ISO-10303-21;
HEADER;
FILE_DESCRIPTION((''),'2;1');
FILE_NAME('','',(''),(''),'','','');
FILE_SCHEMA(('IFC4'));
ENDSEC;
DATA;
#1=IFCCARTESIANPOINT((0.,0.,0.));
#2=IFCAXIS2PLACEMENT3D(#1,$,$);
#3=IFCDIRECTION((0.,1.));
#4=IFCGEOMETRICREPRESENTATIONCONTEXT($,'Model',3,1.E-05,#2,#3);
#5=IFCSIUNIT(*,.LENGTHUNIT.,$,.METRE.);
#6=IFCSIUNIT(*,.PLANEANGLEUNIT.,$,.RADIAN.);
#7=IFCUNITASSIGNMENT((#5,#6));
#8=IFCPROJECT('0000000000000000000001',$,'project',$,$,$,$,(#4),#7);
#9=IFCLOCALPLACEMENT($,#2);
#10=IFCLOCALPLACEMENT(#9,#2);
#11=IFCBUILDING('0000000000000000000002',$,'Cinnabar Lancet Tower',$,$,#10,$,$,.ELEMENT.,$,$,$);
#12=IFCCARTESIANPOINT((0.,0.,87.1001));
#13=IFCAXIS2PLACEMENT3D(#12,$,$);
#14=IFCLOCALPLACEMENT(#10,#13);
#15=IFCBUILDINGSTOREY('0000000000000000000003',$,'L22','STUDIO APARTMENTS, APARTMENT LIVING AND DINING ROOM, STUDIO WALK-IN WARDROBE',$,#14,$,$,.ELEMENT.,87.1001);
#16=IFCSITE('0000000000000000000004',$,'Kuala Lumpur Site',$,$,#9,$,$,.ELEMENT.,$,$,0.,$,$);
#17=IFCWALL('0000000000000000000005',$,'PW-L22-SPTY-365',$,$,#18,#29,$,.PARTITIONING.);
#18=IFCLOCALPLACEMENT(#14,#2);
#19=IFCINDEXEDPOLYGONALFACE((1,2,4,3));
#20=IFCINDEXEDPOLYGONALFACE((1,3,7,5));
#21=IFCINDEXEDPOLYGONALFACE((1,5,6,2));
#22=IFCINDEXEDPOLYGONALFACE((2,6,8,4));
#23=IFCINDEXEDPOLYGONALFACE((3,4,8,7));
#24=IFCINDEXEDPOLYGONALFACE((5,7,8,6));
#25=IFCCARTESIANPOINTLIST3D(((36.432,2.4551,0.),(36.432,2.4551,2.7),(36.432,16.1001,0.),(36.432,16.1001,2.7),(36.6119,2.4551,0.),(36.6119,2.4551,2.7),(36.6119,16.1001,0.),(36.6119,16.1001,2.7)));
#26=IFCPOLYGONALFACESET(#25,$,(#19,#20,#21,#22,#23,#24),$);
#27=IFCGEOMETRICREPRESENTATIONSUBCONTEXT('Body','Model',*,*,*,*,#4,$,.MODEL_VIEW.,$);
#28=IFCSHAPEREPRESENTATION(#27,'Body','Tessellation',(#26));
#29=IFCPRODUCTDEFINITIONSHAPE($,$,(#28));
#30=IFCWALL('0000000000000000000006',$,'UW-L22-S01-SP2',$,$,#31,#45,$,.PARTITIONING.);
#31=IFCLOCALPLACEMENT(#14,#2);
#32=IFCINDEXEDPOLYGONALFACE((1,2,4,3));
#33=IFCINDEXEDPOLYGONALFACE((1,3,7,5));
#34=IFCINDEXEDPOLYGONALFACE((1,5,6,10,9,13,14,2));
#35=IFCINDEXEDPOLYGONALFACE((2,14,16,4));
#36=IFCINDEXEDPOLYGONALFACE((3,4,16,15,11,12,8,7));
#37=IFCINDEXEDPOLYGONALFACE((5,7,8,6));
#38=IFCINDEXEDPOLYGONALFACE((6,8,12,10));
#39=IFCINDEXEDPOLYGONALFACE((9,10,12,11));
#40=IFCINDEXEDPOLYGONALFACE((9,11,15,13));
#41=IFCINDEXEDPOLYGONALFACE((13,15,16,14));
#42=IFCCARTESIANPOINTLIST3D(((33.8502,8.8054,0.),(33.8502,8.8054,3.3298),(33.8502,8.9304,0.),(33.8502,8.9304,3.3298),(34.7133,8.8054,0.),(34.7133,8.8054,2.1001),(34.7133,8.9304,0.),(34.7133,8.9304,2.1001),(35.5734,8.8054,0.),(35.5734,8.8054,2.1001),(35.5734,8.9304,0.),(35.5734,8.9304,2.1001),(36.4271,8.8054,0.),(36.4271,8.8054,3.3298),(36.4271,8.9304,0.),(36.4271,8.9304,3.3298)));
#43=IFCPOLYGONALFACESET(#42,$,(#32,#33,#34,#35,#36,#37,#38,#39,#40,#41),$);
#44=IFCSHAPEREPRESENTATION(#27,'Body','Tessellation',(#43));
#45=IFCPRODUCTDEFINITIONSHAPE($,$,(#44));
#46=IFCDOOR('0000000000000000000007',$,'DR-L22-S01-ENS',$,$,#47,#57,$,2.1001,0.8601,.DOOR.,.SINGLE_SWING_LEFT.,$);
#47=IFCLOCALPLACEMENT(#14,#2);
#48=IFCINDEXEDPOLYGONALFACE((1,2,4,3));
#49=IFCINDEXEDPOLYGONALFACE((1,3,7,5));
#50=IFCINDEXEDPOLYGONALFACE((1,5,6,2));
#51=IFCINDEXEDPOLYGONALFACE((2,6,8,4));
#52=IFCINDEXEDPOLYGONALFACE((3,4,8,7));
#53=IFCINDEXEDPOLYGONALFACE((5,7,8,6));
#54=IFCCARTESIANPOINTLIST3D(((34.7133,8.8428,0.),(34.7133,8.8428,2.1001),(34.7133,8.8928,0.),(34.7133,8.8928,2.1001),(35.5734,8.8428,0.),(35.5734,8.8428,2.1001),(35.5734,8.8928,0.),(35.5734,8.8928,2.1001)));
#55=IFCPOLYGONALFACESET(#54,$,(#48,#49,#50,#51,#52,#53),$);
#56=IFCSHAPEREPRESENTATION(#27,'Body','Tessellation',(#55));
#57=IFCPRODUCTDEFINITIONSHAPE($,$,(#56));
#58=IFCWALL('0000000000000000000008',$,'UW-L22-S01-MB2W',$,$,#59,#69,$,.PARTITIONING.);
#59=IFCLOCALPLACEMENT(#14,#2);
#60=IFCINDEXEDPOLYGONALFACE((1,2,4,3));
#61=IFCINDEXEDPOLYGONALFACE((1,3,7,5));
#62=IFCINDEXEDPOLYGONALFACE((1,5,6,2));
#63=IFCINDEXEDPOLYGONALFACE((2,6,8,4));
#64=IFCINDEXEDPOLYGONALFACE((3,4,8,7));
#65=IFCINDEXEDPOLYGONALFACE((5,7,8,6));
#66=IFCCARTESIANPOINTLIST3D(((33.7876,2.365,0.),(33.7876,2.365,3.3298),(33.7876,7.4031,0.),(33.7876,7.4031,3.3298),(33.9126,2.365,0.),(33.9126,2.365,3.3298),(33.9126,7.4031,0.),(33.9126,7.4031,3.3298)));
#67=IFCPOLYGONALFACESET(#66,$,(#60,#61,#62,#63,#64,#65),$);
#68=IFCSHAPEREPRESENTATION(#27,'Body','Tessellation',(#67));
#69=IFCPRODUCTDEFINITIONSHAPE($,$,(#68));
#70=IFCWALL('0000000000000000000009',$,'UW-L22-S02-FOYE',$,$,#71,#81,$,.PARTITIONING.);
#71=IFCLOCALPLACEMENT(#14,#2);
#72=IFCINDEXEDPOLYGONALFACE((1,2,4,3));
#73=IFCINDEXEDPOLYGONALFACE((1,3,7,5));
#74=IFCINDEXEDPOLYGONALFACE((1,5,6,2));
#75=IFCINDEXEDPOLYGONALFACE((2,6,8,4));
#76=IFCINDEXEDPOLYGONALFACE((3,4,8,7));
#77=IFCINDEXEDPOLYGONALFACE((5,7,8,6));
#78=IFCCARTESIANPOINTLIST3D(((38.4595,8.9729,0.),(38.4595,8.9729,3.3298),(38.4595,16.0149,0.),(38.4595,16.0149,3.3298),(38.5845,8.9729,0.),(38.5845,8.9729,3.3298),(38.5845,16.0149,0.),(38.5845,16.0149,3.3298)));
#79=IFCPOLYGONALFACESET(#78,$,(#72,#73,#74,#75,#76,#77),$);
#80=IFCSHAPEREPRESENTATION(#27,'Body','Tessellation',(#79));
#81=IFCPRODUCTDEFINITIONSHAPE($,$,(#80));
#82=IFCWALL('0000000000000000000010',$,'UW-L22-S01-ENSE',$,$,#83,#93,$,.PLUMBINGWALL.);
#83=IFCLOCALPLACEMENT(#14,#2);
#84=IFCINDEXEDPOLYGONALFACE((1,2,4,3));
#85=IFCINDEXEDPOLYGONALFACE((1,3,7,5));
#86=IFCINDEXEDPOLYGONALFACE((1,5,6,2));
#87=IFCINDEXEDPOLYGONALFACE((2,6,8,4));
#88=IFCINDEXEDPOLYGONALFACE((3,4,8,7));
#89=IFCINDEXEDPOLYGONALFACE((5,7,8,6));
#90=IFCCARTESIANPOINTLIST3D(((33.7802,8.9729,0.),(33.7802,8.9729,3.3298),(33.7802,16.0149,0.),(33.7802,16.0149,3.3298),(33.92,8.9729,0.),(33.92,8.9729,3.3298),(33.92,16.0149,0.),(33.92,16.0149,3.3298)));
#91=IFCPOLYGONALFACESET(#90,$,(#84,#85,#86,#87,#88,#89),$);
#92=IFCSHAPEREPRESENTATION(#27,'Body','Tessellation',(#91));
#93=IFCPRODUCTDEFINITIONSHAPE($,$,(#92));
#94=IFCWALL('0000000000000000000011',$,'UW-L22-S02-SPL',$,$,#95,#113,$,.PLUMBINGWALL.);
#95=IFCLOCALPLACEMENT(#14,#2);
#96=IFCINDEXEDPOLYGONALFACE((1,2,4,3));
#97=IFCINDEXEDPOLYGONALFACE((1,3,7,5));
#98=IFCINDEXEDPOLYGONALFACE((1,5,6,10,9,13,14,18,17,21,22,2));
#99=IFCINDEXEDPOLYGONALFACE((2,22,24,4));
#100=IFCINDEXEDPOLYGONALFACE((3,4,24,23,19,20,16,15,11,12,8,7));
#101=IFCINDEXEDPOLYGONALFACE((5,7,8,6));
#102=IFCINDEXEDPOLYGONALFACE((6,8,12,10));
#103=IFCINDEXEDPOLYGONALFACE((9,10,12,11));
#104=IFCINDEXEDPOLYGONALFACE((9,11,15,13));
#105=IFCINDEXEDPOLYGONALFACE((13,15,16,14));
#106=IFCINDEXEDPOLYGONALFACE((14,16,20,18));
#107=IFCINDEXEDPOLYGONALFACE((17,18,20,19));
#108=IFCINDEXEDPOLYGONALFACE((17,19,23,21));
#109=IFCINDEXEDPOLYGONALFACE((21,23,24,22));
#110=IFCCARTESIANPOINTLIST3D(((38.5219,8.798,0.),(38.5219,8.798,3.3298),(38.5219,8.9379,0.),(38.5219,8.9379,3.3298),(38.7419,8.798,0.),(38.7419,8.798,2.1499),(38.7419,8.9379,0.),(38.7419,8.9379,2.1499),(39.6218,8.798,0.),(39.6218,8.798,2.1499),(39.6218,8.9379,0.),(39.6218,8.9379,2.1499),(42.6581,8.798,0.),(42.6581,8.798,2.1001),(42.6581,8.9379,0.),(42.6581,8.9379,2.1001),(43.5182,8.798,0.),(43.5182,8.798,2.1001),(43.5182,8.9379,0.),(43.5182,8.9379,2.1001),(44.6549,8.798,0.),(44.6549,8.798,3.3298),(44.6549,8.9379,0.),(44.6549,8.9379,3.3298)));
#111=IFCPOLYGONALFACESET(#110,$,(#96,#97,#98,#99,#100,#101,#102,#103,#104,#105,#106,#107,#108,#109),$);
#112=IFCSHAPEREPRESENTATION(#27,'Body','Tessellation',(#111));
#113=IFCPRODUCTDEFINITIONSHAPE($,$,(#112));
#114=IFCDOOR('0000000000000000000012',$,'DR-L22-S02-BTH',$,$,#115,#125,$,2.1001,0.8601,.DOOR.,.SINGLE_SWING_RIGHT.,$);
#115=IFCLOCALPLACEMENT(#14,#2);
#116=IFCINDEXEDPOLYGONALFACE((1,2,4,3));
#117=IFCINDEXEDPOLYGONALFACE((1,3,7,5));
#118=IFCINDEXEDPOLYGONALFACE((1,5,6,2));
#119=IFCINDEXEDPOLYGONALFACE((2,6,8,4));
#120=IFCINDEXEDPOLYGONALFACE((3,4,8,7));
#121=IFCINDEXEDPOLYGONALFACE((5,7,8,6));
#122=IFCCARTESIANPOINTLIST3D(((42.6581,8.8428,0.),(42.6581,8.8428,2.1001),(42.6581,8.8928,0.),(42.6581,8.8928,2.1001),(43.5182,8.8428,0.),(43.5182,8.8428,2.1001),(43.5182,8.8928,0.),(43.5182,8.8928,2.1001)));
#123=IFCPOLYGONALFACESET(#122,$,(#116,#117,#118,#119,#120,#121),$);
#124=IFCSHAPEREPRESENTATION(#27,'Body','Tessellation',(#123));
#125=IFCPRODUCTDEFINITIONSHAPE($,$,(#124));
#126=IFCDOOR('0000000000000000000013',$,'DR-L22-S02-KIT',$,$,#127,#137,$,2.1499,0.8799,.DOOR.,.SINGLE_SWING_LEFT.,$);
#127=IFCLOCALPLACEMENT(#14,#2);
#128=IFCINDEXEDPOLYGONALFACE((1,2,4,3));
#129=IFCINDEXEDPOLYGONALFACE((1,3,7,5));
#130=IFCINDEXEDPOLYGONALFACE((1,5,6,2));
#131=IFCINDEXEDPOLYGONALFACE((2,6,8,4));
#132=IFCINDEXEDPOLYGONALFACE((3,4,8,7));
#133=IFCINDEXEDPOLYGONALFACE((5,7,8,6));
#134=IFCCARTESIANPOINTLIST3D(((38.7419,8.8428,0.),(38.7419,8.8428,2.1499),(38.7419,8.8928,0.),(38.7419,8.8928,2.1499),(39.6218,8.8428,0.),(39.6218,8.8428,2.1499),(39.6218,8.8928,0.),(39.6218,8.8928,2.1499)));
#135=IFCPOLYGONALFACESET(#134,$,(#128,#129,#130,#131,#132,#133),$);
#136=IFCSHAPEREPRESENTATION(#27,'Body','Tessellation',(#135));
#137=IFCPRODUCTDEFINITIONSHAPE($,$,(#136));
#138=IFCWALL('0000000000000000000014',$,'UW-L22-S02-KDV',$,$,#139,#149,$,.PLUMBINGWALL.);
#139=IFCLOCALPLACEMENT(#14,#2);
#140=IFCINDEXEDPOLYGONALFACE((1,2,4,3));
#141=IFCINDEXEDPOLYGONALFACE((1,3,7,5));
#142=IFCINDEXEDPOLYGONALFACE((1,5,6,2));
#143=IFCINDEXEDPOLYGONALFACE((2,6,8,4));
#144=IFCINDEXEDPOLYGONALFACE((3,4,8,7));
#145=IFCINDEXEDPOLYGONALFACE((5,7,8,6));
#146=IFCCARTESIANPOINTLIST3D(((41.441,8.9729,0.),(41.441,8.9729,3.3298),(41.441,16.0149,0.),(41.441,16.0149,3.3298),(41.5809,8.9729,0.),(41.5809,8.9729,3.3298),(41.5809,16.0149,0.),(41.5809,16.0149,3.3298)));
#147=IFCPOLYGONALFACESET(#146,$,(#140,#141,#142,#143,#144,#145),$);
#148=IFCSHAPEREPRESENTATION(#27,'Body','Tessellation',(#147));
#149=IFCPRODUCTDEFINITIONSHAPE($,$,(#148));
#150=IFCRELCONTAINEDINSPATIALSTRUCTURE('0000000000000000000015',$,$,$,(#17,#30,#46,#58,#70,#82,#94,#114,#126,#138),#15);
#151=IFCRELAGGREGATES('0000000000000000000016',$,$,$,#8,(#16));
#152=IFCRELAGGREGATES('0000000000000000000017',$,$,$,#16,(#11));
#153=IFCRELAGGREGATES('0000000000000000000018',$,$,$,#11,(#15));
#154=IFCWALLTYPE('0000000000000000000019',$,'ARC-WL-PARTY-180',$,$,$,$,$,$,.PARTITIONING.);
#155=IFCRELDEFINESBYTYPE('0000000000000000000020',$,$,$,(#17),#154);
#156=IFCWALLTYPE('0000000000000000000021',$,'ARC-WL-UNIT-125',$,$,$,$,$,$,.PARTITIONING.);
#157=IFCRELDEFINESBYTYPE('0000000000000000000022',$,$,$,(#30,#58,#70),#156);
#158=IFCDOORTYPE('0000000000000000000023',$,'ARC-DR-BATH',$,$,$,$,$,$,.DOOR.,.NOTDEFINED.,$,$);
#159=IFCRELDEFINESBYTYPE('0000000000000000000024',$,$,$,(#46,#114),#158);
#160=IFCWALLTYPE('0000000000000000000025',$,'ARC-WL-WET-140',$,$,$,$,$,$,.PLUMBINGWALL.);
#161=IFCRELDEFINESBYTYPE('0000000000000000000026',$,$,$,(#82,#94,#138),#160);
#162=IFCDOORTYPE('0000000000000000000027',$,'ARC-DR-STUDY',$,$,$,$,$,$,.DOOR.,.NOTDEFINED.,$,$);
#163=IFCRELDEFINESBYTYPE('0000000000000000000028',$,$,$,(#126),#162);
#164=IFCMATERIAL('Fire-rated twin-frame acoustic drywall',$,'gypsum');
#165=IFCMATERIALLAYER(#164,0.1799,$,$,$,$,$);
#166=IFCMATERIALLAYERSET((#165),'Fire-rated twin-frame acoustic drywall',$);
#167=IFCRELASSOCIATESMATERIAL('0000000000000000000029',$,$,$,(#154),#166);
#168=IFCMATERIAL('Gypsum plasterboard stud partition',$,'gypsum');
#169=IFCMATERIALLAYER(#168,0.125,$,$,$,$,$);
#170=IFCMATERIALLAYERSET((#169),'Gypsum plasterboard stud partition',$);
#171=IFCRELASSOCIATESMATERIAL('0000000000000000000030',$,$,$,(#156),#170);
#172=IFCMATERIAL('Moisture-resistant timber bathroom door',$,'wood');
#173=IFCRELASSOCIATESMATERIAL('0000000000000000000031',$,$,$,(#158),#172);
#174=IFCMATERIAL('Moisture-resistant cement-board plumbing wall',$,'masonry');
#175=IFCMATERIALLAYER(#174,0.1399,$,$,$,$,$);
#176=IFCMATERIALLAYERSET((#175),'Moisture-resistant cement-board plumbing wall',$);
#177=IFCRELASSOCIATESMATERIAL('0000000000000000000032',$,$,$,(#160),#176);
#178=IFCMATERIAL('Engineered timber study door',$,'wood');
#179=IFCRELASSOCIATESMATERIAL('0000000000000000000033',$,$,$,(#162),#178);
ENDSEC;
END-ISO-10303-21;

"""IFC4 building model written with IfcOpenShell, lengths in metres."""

from ifc_helpers import new_model, si_unit, direction, frame, frame_2d, origin, place, context, subcontext, project, spatial, rectangle, extrude, material, layer, layer_set, type_object, element, fill, save


model = new_model("IFC4")

# Units and contexts
model_context = context("Model", 3, precision=1e-05, world=origin(), true_north=direction((0.0, 1.0)))
body_context = subcontext(model_context, "Body", "Model", "MODEL_VIEW")
ifc_project = project(units=[si_unit("LENGTHUNIT", "METRE"), si_unit("PLANEANGLEUNIT", "RADIAN")], contexts=[model_context])

# Site, building, storey
site_placement = place(None, origin())
site = spatial("IfcSite", under=ifc_project, at=site_placement, Name="Kuala Lumpur Site", CompositionType="ELEMENT", RefElevation=0.0)
building_placement = place(site_placement, origin())
building = spatial("IfcBuilding", under=site, at=building_placement, Name="Cinnabar Lancet Tower", CompositionType="ELEMENT")
storey_placement = place(building_placement, frame((0.0, 0.0, 87.1001)))
storey = spatial("IfcBuildingStorey", under=building, at=storey_placement, Name="L22", Description="STUDIO APARTMENTS, APARTMENT LIVING AND DINING ROOM, STUDIO WALK-IN WARDROBE", CompositionType="ELEMENT", Elevation=87.1001)

# Wall
ifc_material_1 = material(Name="Fire-rated twin-frame acoustic drywall", Category="gypsum")
ifc_layer_1 = layer(ifc_material_1, 0.1799)
ifc_layer_set_1 = layer_set([ifc_layer_1], Name="Fire-rated twin-frame acoustic drywall")
wall_type_1 = type_object("IfcWallType", Name="ARC-WL-PARTY-180", PredefinedType="PARTITIONING", material=ifc_layer_set_1)
wall_1_placement = place(storey_placement, frame((36.522, 2.4551, 0.0), z_axis=(0.0, 0.0, 1.0), x_axis=(0.0, 1.0, 0.0)))
element("IfcWall", 1, at=wall_1_placement, inside=storey, type_object=wall_type_1, Name="PW-L22-SPTY-365", PredefinedType="PARTITIONING", context=body_context, shape_type="SweptSolid", body=[
    extrude(rectangle(XDim=13.645, YDim=0.1799, at=frame_2d((6.8225, 0.0))), origin(), (0.0, 0.0, 1.0), 2.7),
])

# Wall, opening, door
ifc_material_2 = material(Name="Gypsum plasterboard stud partition", Category="gypsum")
ifc_layer_2 = layer(ifc_material_2, 0.125)
ifc_layer_set_2 = layer_set([ifc_layer_2], Name="Gypsum plasterboard stud partition")
wall_type_2 = type_object("IfcWallType", Name="ARC-WL-UNIT-125", PredefinedType="PARTITIONING", material=ifc_layer_set_2)
wall_2_placement = place(storey_placement, frame((33.8501, 8.8679, 0.0), z_axis=(0.0, 0.0, 1.0), x_axis=(1.0, 0.0, 0.0)))
wall_2 = element("IfcWall", 2, at=wall_2_placement, inside=storey, type_object=wall_type_2, Name="UW-L22-S01-SP2", PredefinedType="PARTITIONING", context=body_context, shape_type="SweptSolid", body=[
    extrude(rectangle(XDim=2.5769, YDim=0.125, at=frame_2d((1.2886, 0.0))), origin(), (0.0, 0.0, 1.0), 3.3298),
])
opening_1_placement = place(wall_2_placement, frame((0.863, 0.0, 0.0)))
opening_1 = element("IfcOpeningElement", 3, at=opening_1_placement, cuts=wall_2, PredefinedType="OPENING", context=body_context, shape_type="SweptSolid", body=[
    extrude(rectangle(XDim=0.8601, YDim=2.1001, at=frame_2d((0.4302, 1.05))), frame((0.0, 0.0725, 0.0), z_axis=(0.0, -1.0, 0.0), x_axis=(1.0, 0.0, 0.0)), (0.0, 0.0, 1.0), 0.145),
])
ifc_material_3 = material(Name="Moisture-resistant timber bathroom door", Category="wood")
door_type_1 = type_object("IfcDoorType", Name="ARC-DR-BATH", OperationType="NOTDEFINED", PredefinedType="DOOR", material=ifc_material_3)
door_1_placement = place(opening_1_placement, origin())
door_1 = element("IfcDoor", 4, at=door_1_placement, inside=storey, type_object=door_type_1, Name="DR-L22-S01-ENS", OperationType="SINGLE_SWING_LEFT", OverallHeight=2.1001, OverallWidth=0.8601, PredefinedType="DOOR", context=body_context, shape_type="SweptSolid", body=[
    extrude(rectangle(XDim=0.8601, YDim=2.1001, at=frame_2d((0.4302, 1.05))), frame((0.0, 0.0249, 0.0), z_axis=(0.0, -1.0, 0.0), x_axis=(1.0, 0.0, 0.0)), (0.0, 0.0, 1.0), 0.05),
])
fill(opening_1, door_1)

# Walls
wall_3_placement = place(storey_placement, frame((33.8501, 2.365, 0.0), z_axis=(0.0, 0.0, 1.0), x_axis=(0.0, 1.0, 0.0)))
element("IfcWall", 5, at=wall_3_placement, inside=storey, type_object=wall_type_2, Name="UW-L22-S01-MB2W", PredefinedType="PARTITIONING", context=body_context, shape_type="SweptSolid", body=[
    extrude(rectangle(XDim=5.0381, YDim=0.125, at=frame_2d((2.519, 0.0))), origin(), (0.0, 0.0, 1.0), 3.3298),
])
wall_4_placement = place(storey_placement, frame((38.522, 8.9729, 0.0), z_axis=(0.0, 0.0, 1.0), x_axis=(0.0, 1.0, 0.0)))
element("IfcWall", 6, at=wall_4_placement, inside=storey, type_object=wall_type_2, Name="UW-L22-S02-FOYE", PredefinedType="PARTITIONING", context=body_context, shape_type="SweptSolid", body=[
    extrude(rectangle(XDim=7.042, YDim=0.125, at=frame_2d((3.521, 0.0))), origin(), (0.0, 0.0, 1.0), 3.3298),
])
ifc_material_4 = material(Name="Moisture-resistant cement-board plumbing wall", Category="masonry")
ifc_layer_3 = layer(ifc_material_4, 0.1399)
ifc_layer_set_3 = layer_set([ifc_layer_3], Name="Moisture-resistant cement-board plumbing wall")
wall_type_3 = type_object("IfcWallType", Name="ARC-WL-WET-140", PredefinedType="PLUMBINGWALL", material=ifc_layer_set_3)
wall_5_placement = place(storey_placement, frame((33.8501, 8.9729, 0.0), z_axis=(0.0, 0.0, 1.0), x_axis=(0.0, 1.0, 0.0)))
element("IfcWall", 7, at=wall_5_placement, inside=storey, type_object=wall_type_3, Name="UW-L22-S01-ENSE", PredefinedType="PLUMBINGWALL", context=body_context, shape_type="SweptSolid", body=[
    extrude(rectangle(XDim=7.042, YDim=0.1399, at=frame_2d((3.521, 0.0))), origin(), (0.0, 0.0, 1.0), 3.3298),
])

# Wall, openings, doors
wall_6_placement = place(storey_placement, frame((38.522, 8.8679, 0.0), z_axis=(0.0, 0.0, 1.0), x_axis=(1.0, 0.0, 0.0)))
wall_6 = element("IfcWall", 8, at=wall_6_placement, inside=storey, type_object=wall_type_3, Name="UW-L22-S02-SPL", PredefinedType="PLUMBINGWALL", context=body_context, shape_type="SweptSolid", body=[
    extrude(rectangle(XDim=6.1331, YDim=0.1399, at=frame_2d((3.0664, 0.0))), origin(), (0.0, 0.0, 1.0), 3.3298),
])
opening_2_placement = place(wall_6_placement, frame((4.136, 0.0, 0.0)))
opening_2 = element("IfcOpeningElement", 9, at=opening_2_placement, cuts=wall_6, PredefinedType="OPENING", context=body_context, shape_type="SweptSolid", body=[
    extrude(rectangle(XDim=0.8601, YDim=2.1001, at=frame_2d((0.4302, 1.05))), frame((0.0, 0.0798, 0.0), z_axis=(0.0, -1.0, 0.0), x_axis=(1.0, 0.0, 0.0)), (0.0, 0.0, 1.0), 0.1599),
])
opening_3_placement = place(wall_6_placement, frame((0.22, 0.0, 0.0)))
opening_3 = element("IfcOpeningElement", 10, at=opening_3_placement, cuts=wall_6, PredefinedType="OPENING", context=body_context, shape_type="SweptSolid", body=[
    extrude(rectangle(XDim=0.8799, YDim=2.1499, at=frame_2d((0.4399, 1.075))), frame((0.0, 0.0798, 0.0), z_axis=(0.0, -1.0, 0.0), x_axis=(1.0, 0.0, 0.0)), (0.0, 0.0, 1.0), 0.1599),
])
door_2_placement = place(opening_2_placement, origin())
door_2 = element("IfcDoor", 11, at=door_2_placement, inside=storey, type_object=door_type_1, Name="DR-L22-S02-BTH", OperationType="SINGLE_SWING_RIGHT", OverallHeight=2.1001, OverallWidth=0.8601, PredefinedType="DOOR", context=body_context, shape_type="SweptSolid", body=[
    extrude(rectangle(XDim=0.8601, YDim=2.1001, at=frame_2d((0.4302, 1.05))), frame((0.0, 0.0249, 0.0), z_axis=(0.0, -1.0, 0.0), x_axis=(1.0, 0.0, 0.0)), (0.0, 0.0, 1.0), 0.05),
])
fill(opening_2, door_2)
ifc_material_5 = material(Name="Engineered timber study door", Category="wood")
door_type_2 = type_object("IfcDoorType", Name="ARC-DR-STUDY", OperationType="NOTDEFINED", PredefinedType="DOOR", material=ifc_material_5)
door_3_placement = place(opening_3_placement, origin())
door_3 = element("IfcDoor", 12, at=door_3_placement, inside=storey, type_object=door_type_2, Name="DR-L22-S02-KIT", OperationType="SINGLE_SWING_LEFT", OverallHeight=2.1499, OverallWidth=0.8799, PredefinedType="DOOR", context=body_context, shape_type="SweptSolid", body=[
    extrude(rectangle(XDim=0.8799, YDim=2.1499, at=frame_2d((0.4399, 1.075))), frame((0.0, 0.0249, 0.0), z_axis=(0.0, -1.0, 0.0), x_axis=(1.0, 0.0, 0.0)), (0.0, 0.0, 1.0), 0.05),
])
fill(opening_3, door_3)

# Wall
wall_7_placement = place(storey_placement, frame((41.511, 8.9729, 0.0), z_axis=(0.0, 0.0, 1.0), x_axis=(0.0, 1.0, 0.0)))
element("IfcWall", 13, at=wall_7_placement, inside=storey, type_object=wall_type_3, Name="UW-L22-S02-KDV", PredefinedType="PLUMBINGWALL", context=body_context, shape_type="SweptSolid", body=[
    extrude(rectangle(XDim=7.042, YDim=0.1399, at=frame_2d((3.521, 0.0))), origin(), (0.0, 0.0, 1.0), 3.3298),
])

save(model, "model.ifc")
